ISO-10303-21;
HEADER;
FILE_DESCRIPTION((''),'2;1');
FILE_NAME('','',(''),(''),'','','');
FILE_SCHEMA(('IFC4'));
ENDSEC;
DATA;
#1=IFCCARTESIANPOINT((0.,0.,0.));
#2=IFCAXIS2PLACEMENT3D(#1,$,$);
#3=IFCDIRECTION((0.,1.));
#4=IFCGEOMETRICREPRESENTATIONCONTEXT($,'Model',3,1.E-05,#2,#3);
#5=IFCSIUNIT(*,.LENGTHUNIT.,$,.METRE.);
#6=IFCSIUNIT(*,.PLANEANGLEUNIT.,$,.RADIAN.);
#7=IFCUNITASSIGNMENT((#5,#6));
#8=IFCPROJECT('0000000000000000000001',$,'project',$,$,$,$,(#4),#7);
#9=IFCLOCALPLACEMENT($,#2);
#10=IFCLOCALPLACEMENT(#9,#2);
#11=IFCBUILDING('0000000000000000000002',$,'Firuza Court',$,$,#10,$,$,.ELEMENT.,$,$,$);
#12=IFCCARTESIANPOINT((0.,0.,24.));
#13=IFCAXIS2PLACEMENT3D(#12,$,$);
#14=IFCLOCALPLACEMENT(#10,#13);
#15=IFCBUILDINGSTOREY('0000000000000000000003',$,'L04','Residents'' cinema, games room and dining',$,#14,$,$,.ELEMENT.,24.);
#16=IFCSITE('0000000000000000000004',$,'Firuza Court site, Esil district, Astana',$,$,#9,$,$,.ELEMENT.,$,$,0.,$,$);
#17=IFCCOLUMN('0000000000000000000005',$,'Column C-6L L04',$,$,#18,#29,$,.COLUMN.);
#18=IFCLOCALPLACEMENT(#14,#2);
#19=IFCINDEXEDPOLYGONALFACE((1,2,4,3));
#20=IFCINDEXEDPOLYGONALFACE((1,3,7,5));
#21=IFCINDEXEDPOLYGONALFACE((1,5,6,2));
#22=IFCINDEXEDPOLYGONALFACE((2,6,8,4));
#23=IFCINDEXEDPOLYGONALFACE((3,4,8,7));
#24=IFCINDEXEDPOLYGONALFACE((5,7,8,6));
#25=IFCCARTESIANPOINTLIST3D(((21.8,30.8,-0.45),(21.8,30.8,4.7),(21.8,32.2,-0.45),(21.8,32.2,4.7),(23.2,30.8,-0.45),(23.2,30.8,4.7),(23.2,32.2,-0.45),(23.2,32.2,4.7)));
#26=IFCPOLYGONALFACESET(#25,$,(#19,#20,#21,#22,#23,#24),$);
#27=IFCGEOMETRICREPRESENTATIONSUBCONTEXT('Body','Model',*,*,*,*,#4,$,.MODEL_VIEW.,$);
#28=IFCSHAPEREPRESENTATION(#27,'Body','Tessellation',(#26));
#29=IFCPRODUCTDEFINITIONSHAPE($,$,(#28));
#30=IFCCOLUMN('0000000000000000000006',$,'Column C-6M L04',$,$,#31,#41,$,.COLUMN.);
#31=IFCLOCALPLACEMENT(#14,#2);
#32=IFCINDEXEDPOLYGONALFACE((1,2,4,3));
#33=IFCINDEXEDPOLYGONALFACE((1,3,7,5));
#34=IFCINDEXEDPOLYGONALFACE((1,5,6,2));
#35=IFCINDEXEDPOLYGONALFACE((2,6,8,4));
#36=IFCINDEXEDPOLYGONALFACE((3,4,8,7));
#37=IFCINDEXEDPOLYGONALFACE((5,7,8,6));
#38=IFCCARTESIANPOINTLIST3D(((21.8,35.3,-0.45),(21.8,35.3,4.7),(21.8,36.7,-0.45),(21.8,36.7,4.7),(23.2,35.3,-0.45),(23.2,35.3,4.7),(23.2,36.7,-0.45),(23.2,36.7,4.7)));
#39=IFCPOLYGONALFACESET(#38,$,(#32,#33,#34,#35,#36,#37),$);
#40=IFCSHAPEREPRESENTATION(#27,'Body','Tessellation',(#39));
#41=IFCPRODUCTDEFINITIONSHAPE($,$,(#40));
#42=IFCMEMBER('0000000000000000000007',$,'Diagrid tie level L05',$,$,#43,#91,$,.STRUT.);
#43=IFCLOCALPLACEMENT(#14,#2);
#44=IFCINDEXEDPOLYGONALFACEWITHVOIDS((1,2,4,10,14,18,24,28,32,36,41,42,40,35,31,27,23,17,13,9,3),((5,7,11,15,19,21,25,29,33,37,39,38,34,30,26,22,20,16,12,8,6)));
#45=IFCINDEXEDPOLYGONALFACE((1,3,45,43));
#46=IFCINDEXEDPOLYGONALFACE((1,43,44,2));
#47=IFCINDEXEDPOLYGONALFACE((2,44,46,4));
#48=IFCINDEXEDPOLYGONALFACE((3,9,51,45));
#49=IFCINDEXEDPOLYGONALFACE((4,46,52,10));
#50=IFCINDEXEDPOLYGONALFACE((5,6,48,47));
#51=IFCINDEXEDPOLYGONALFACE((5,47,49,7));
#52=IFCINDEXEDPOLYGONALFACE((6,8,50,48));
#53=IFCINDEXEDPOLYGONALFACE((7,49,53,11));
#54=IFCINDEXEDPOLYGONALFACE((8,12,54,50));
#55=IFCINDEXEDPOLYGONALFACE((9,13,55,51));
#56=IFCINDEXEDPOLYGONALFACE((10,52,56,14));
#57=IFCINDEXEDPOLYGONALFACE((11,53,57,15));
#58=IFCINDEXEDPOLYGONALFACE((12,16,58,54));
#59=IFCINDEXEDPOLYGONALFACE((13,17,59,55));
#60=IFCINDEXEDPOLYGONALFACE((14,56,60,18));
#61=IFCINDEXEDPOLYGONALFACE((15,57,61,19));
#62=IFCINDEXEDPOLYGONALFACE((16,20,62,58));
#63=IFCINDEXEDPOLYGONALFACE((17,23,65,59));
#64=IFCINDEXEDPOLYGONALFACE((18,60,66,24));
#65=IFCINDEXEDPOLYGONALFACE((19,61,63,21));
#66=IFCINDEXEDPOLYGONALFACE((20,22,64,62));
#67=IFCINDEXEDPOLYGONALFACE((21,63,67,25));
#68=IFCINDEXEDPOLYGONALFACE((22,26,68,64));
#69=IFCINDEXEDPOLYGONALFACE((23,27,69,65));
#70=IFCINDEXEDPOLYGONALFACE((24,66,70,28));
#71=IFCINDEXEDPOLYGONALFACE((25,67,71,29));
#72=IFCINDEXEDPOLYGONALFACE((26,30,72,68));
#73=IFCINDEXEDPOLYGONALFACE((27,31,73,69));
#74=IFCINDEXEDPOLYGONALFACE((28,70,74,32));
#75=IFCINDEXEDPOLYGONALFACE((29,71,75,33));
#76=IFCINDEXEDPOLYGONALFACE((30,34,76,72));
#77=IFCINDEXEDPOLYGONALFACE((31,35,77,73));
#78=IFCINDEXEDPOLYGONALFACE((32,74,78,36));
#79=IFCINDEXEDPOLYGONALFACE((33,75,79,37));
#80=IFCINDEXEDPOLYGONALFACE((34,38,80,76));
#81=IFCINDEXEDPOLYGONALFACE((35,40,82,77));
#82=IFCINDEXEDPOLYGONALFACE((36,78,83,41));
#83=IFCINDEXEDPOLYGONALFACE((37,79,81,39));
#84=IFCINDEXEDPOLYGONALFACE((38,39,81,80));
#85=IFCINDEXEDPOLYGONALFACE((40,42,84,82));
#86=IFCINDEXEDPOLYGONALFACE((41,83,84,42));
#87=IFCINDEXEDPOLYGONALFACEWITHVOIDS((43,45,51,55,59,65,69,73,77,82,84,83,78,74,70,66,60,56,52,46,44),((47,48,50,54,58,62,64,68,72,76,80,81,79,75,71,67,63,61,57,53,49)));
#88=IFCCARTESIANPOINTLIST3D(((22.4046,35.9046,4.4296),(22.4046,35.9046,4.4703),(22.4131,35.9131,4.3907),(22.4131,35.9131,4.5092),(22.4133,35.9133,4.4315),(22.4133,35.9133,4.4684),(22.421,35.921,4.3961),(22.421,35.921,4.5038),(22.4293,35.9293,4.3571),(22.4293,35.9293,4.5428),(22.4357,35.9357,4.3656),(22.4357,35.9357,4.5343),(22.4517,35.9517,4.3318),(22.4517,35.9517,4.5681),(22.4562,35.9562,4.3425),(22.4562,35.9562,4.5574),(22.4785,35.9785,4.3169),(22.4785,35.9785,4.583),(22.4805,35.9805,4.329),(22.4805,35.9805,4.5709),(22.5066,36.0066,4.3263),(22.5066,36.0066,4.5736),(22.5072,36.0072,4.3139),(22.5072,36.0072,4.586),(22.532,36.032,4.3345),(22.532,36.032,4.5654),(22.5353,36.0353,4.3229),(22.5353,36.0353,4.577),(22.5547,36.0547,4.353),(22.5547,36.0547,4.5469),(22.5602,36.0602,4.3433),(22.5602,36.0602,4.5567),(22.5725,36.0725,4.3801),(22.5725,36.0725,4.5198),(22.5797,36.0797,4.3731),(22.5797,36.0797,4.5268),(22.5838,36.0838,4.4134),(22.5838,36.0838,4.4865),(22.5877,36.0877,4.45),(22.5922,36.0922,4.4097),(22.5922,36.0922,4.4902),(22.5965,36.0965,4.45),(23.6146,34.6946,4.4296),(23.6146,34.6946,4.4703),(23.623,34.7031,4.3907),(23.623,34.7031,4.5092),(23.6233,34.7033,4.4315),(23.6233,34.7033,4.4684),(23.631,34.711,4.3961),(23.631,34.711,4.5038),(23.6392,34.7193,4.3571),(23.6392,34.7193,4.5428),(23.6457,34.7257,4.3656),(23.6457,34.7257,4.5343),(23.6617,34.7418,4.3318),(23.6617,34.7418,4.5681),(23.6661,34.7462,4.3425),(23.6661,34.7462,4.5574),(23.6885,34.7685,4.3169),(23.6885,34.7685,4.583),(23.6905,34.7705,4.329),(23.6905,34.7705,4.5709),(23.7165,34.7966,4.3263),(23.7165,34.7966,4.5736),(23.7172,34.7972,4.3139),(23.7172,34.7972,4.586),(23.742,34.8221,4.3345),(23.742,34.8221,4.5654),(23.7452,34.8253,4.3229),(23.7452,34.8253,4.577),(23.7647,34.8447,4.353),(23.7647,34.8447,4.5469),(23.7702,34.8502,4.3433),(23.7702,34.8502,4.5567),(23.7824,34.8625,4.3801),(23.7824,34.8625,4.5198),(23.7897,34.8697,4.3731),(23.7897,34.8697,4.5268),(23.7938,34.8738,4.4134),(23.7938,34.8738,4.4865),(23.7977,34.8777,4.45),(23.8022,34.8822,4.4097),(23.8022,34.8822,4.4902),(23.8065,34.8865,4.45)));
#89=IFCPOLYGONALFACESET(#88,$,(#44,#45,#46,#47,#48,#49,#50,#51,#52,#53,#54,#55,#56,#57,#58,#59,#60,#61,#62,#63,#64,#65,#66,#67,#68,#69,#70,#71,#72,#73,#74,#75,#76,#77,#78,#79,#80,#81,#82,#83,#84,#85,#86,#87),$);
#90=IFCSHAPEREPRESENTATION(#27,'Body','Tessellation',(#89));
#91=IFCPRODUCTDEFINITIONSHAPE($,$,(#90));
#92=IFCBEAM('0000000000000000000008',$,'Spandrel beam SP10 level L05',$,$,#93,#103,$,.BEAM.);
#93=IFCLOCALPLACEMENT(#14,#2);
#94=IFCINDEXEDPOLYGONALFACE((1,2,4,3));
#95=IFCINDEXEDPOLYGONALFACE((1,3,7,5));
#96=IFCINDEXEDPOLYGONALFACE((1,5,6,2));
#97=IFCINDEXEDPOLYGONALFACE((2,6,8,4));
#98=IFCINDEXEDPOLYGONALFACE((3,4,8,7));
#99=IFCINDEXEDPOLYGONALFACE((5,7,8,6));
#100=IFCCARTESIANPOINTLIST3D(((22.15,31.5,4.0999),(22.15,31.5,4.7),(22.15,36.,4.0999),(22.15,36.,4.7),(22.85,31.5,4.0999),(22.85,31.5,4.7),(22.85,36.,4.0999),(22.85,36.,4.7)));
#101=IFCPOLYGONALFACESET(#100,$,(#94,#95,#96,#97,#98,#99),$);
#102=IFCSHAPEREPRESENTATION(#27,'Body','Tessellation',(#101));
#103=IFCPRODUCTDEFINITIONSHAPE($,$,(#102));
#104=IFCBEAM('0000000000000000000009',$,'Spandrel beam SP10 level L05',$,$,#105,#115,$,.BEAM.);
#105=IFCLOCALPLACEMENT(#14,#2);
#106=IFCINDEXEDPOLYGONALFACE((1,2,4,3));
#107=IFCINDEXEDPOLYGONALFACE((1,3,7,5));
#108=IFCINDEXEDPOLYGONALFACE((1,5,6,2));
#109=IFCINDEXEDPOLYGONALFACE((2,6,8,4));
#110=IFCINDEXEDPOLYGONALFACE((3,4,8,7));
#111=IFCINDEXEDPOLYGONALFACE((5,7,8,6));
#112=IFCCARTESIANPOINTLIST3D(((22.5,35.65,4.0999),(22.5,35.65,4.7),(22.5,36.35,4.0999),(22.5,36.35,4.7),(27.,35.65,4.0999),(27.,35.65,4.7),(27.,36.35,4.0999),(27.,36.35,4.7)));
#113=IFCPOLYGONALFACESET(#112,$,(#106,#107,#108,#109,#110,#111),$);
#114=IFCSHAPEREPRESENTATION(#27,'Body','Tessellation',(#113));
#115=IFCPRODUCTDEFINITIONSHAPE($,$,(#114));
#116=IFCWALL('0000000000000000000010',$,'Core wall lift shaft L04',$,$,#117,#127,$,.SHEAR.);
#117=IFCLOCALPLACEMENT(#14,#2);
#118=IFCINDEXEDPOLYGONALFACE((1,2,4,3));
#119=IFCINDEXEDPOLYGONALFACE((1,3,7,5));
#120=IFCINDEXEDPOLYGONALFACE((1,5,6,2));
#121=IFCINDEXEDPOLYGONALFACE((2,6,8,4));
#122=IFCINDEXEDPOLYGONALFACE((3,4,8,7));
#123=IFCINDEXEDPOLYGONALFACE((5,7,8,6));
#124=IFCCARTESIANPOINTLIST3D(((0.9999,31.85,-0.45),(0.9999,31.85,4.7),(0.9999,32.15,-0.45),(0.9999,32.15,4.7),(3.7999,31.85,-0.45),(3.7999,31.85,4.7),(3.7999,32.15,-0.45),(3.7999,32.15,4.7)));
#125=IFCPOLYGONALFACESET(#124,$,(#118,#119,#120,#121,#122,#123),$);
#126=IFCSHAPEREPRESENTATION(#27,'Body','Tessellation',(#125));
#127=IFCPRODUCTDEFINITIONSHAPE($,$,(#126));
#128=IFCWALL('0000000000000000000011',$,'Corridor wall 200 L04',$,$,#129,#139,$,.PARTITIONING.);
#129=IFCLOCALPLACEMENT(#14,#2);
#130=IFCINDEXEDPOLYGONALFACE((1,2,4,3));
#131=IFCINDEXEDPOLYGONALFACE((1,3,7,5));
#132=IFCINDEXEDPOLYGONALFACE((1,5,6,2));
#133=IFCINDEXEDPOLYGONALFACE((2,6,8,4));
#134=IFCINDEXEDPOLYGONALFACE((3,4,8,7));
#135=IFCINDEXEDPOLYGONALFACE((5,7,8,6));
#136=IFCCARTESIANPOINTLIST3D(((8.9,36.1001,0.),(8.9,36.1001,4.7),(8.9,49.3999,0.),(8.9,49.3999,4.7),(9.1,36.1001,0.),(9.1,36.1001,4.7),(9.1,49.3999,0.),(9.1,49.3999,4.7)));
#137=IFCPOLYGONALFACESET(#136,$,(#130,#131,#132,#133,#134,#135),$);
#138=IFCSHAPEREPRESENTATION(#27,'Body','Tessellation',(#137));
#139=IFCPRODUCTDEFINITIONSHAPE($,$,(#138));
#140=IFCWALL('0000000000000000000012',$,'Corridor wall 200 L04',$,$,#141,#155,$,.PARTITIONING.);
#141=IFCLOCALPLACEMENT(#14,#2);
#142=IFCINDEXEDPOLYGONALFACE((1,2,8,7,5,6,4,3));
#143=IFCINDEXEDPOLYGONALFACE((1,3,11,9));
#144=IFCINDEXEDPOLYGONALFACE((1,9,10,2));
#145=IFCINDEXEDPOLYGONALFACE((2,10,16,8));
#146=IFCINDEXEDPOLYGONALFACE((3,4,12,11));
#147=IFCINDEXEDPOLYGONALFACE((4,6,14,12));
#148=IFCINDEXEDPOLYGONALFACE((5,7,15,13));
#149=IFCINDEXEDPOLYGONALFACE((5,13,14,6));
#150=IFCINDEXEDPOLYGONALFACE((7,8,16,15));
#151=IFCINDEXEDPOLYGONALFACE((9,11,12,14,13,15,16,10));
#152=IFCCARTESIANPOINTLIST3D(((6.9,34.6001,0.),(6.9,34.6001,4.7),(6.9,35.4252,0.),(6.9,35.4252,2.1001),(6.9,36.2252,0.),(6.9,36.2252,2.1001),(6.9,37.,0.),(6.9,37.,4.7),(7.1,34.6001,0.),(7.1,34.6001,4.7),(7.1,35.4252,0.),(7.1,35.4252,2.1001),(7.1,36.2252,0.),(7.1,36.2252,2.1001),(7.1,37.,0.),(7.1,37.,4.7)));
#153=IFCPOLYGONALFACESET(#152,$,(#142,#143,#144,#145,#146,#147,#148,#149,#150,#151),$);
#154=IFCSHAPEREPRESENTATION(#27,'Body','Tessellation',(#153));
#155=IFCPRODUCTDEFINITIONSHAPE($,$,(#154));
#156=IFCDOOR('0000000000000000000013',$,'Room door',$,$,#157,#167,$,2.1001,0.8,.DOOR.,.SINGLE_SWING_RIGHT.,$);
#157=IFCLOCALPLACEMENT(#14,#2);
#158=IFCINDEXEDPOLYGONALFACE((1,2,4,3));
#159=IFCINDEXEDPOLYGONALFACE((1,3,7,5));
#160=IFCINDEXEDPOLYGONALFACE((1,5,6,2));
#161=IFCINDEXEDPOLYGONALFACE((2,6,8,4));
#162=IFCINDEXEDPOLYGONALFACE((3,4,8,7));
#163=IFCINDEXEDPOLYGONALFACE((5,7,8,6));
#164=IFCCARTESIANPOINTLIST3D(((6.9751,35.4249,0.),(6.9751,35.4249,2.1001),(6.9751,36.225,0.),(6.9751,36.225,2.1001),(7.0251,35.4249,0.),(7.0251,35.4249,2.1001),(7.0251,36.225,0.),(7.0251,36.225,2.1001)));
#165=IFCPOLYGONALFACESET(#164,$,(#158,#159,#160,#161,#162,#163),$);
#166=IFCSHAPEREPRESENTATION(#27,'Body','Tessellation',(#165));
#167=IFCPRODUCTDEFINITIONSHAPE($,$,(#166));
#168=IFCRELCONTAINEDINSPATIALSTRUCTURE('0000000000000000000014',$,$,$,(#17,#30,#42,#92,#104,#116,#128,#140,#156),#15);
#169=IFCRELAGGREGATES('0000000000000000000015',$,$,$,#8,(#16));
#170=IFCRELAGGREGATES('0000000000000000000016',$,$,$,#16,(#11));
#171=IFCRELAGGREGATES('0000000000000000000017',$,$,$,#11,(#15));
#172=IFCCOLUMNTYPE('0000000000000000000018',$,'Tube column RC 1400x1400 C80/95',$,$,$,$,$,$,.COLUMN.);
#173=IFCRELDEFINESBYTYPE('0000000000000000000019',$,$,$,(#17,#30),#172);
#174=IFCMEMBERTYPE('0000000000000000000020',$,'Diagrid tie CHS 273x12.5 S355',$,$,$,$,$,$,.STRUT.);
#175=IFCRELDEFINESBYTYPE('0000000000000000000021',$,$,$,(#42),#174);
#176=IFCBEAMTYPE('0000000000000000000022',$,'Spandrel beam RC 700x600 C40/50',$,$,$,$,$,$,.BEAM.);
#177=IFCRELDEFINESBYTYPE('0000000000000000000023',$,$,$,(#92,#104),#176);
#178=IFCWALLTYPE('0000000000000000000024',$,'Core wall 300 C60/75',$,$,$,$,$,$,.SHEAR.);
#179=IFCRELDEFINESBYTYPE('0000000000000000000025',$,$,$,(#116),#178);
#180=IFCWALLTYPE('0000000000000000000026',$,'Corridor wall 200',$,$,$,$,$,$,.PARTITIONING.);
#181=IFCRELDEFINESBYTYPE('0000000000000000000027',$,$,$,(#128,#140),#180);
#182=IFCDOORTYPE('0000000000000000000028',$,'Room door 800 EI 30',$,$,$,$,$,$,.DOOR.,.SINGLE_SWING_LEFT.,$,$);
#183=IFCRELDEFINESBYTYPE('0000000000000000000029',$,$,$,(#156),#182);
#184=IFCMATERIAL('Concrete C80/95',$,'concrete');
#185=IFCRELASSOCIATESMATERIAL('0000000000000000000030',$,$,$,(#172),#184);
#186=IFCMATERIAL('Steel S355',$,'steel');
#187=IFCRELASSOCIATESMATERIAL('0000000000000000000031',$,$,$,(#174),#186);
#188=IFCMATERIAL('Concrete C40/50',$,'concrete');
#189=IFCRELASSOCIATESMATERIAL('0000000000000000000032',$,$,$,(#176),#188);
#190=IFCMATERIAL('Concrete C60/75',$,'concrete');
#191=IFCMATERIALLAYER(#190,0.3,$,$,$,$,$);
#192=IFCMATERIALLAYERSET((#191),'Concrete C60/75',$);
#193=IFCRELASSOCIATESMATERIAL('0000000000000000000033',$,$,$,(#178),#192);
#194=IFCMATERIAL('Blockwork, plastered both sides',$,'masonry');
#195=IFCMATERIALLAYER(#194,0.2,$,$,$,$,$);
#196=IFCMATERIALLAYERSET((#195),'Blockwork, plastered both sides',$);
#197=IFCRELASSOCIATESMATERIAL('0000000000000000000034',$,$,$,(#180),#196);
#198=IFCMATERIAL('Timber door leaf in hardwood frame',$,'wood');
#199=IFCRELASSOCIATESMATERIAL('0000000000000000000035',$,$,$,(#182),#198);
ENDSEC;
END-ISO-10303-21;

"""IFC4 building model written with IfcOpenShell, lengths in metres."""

from ifc_helpers import new_model, si_unit, direction, frame, frame_2d, origin, origin_2d, place, context, subcontext, project, spatial, rectangle, hollow_circle, extrude, material, layer, layer_set, material_profile, profile_set, type_object, element, fill, save


model = new_model("IFC4")

# Units and contexts
model_context = context("Model", 3, precision=1e-05, world=origin(), true_north=direction((0.0, 1.0)))
body_context = subcontext(model_context, "Body", "Model", "MODEL_VIEW")
ifc_project = project(units=[si_unit("LENGTHUNIT", "METRE"), si_unit("PLANEANGLEUNIT", "RADIAN")], contexts=[model_context])

# Site, building, storey
site_placement = place(None, origin())
site = spatial("IfcSite", under=ifc_project, at=site_placement, Name="Firuza Court site, Esil district, Astana", CompositionType="ELEMENT", RefElevation=0.0)
building_placement = place(site_placement, origin())
building = spatial("IfcBuilding", under=site, at=building_placement, Name="Firuza Court", CompositionType="ELEMENT")
storey_placement = place(building_placement, frame((0.0, 0.0, 24.0)))
storey = spatial("IfcBuildingStorey", under=building, at=storey_placement, Name="L04", Description="Residents' cinema, games room and dining", CompositionType="ELEMENT", Elevation=24.0)

# Columns
ifc_material_1 = material(Name="Concrete C80/95", Category="concrete")
ifc_material_profile_1 = material_profile(ifc_material_1, rectangle(XDim=1.3999, YDim=1.3999, at=origin_2d()), Name="RC 1400x1400")
ifc_profile_set_1 = profile_set([ifc_material_profile_1], Name="Concrete C80/95")
column_type = type_object("IfcColumnType", Name="Tube column RC 1400x1400 C80/95", PredefinedType="COLUMN", material=ifc_profile_set_1)
for number, where, z_axis, x_axis, name in (
    (1, (22.5, 31.5, -0.45), (0.0, 0.0, 1.0), (1.0, 0.0, 0.0), "Column C-6L L04"),
    (2, (22.5, 36.0, -0.45), (0.0, 0.0, 1.0), (1.0, 0.0, 0.0), "Column C-6M L04"),
):
    element("IfcColumn", number, at=place(storey_placement, frame(where, z_axis=z_axis, x_axis=x_axis)), inside=storey, type_object=column_type, Name=name, PredefinedType="COLUMN", context=body_context, shape_type="SweptSolid", body=[
        extrude(rectangle(XDim=1.3999, YDim=1.3999, at=origin_2d()), origin(), (0.0, 0.0, 1.0), 5.1499),
    ])

# Member
ifc_material_2 = material(Name="Steel S355", Category="steel")
ifc_material_profile_2 = material_profile(ifc_material_2, hollow_circle(Radius=0.1365, WallThickness=0.0125, at=origin_2d()), Name="CHS 273x12.5")
ifc_profile_set_2 = profile_set([ifc_material_profile_2], Name="Steel S355")
member_type = type_object("IfcMemberType", Name="Diagrid tie CHS 273x12.5 S355", PredefinedType="STRUT", material=ifc_profile_set_2)
member_placement = place(storey_placement, frame((22.5, 36.0, 4.45), z_axis=(0.707107, -0.707107, 0.0), x_axis=(0.707107, 0.707107, 0.0)))
element("IfcMember", 3, at=member_placement, inside=storey, type_object=member_type, Name="Diagrid tie level L05", PredefinedType="STRUT", context=body_context, shape_type="SweptSolid", body=[
    extrude(hollow_circle(Radius=0.1365, WallThickness=0.0125, at=origin_2d()), origin(), (0.0, 0.0, 1.0), 1.7112),
])

# Beams
ifc_material_3 = material(Name="Concrete C40/50", Category="concrete")
ifc_material_profile_3 = material_profile(ifc_material_3, rectangle(XDim=0.7, YDim=0.6001, at=origin_2d()), Name="RC 700x600")
ifc_profile_set_3 = profile_set([ifc_material_profile_3], Name="Concrete C40/50")
beam_type = type_object("IfcBeamType", Name="Spandrel beam RC 700x600 C40/50", PredefinedType="BEAM", material=ifc_profile_set_3)
for number, where, z_axis, x_axis, name in (
    (4, (22.5, 31.5, 4.3999), (0.0, 1.0, 0.0), (-1.0, 0.0, 0.0), "Spandrel beam SP10 level L05"),
    (5, (22.5, 36.0, 4.3999), (1.0, 0.0, 0.0), (0.0, 1.0, 0.0), "Spandrel beam SP10 level L05"),
):
    element("IfcBeam", number, at=place(storey_placement, frame(where, z_axis=z_axis, x_axis=x_axis)), inside=storey, type_object=beam_type, Name=name, PredefinedType="BEAM", context=body_context, shape_type="SweptSolid", body=[
        extrude(rectangle(XDim=0.7, YDim=0.6001, at=origin_2d()), origin(), (0.0, 0.0, 1.0), 4.5),
    ])

# Walls
ifc_material_4 = material(Name="Concrete C60/75", Category="concrete")
ifc_layer_1 = layer(ifc_material_4, 0.3)
ifc_layer_set_1 = layer_set([ifc_layer_1], Name="Concrete C60/75")
wall_type_1 = type_object("IfcWallType", Name="Core wall 300 C60/75", PredefinedType="SHEAR", material=ifc_layer_set_1)
wall_1_placement = place(storey_placement, frame((1.0, 32.0, -0.45), z_axis=(0.0, 0.0, 1.0), x_axis=(1.0, 0.0, 0.0)))
element("IfcWall", 6, at=wall_1_placement, inside=storey, type_object=wall_type_1, Name="Core wall lift shaft L04", PredefinedType="SHEAR", context=body_context, shape_type="SweptSolid", body=[
    extrude(rectangle(XDim=2.8, YDim=0.3, at=frame_2d((1.3999, 0.0))), origin(), (0.0, 0.0, 1.0), 5.1499),
])
ifc_material_5 = material(Name="Blockwork, plastered both sides", Category="masonry")
ifc_layer_2 = layer(ifc_material_5, 0.2)
ifc_layer_set_2 = layer_set([ifc_layer_2], Name="Blockwork, plastered both sides")
wall_type_2 = type_object("IfcWallType", Name="Corridor wall 200", PredefinedType="PARTITIONING", material=ifc_layer_set_2)
wall_2_placement = place(storey_placement, frame((9.0, 36.1001, 0.0), z_axis=(0.0, 0.0, 1.0), x_axis=(0.0, 1.0, 0.0)))
element("IfcWall", 7, at=wall_2_placement, inside=storey, type_object=wall_type_2, Name="Corridor wall 200 L04", PredefinedType="PARTITIONING", context=body_context, shape_type="SweptSolid", body=[
    extrude(rectangle(XDim=13.2998, YDim=0.2, at=frame_2d((6.6499, 0.0))), origin(), (0.0, 0.0, 1.0), 4.7),
])

# Wall, opening, door
wall_3_placement = place(storey_placement, frame((7.0, 37.0, 0.0), z_axis=(0.0, 0.0, 1.0), x_axis=(0.0, -1.0, 0.0)))
wall_3 = element("IfcWall", 8, at=wall_3_placement, inside=storey, type_object=wall_type_2, Name="Corridor wall 200 L04", PredefinedType="PARTITIONING", context=body_context, shape_type="SweptSolid", body=[
    extrude(rectangle(XDim=2.3999, YDim=0.2, at=frame_2d((1.2, 0.0))), origin(), (0.0, 0.0, 1.0), 4.7),
])
opening_1_placement = place(wall_3_placement, frame((0.7749, 0.0, 0.0)))
opening_1 = element("IfcOpeningElement", 9, at=opening_1_placement, cuts=wall_3, PredefinedType="OPENING", context=body_context, shape_type="SweptSolid", body=[
    extrude(rectangle(XDim=0.8, YDim=2.1001, at=frame_2d((0.3999, 1.05))), frame((0.0, 0.1118, 0.0), z_axis=(0.0, -1.0, 0.0), x_axis=(1.0, 0.0, 0.0)), (0.0, 0.0, 1.0), 0.2239),
])
ifc_material_6 = material(Name="Timber door leaf in hardwood frame", Category="wood")
door_type_1 = type_object("IfcDoorType", Name="Room door 800 EI 30", OperationType="SINGLE_SWING_LEFT", PredefinedType="DOOR", material=ifc_material_6)
door_1_placement = place(opening_1_placement, frame((0.8, 0.0, 0.0), z_axis=(0.0, 0.0, 1.0), x_axis=(-1.0, 0.0, 0.0)))
door_1 = element("IfcDoor", 10, at=door_1_placement, inside=storey, type_object=door_type_1, Name="Room door", OperationType="SINGLE_SWING_RIGHT", OverallHeight=2.1001, OverallWidth=0.8, PredefinedType="DOOR", context=body_context, shape_type="SweptSolid", body=[
    extrude(rectangle(XDim=0.8, YDim=2.1001, at=frame_2d((0.3999, 1.05))), frame((0.0, 0.0249, 0.0), z_axis=(0.0, -1.0, 0.0), x_axis=(1.0, 0.0, 0.0)), (0.0, 0.0, 1.0), 0.05),
])
fill(opening_1, door_1)

save(model, "model.ifc")
